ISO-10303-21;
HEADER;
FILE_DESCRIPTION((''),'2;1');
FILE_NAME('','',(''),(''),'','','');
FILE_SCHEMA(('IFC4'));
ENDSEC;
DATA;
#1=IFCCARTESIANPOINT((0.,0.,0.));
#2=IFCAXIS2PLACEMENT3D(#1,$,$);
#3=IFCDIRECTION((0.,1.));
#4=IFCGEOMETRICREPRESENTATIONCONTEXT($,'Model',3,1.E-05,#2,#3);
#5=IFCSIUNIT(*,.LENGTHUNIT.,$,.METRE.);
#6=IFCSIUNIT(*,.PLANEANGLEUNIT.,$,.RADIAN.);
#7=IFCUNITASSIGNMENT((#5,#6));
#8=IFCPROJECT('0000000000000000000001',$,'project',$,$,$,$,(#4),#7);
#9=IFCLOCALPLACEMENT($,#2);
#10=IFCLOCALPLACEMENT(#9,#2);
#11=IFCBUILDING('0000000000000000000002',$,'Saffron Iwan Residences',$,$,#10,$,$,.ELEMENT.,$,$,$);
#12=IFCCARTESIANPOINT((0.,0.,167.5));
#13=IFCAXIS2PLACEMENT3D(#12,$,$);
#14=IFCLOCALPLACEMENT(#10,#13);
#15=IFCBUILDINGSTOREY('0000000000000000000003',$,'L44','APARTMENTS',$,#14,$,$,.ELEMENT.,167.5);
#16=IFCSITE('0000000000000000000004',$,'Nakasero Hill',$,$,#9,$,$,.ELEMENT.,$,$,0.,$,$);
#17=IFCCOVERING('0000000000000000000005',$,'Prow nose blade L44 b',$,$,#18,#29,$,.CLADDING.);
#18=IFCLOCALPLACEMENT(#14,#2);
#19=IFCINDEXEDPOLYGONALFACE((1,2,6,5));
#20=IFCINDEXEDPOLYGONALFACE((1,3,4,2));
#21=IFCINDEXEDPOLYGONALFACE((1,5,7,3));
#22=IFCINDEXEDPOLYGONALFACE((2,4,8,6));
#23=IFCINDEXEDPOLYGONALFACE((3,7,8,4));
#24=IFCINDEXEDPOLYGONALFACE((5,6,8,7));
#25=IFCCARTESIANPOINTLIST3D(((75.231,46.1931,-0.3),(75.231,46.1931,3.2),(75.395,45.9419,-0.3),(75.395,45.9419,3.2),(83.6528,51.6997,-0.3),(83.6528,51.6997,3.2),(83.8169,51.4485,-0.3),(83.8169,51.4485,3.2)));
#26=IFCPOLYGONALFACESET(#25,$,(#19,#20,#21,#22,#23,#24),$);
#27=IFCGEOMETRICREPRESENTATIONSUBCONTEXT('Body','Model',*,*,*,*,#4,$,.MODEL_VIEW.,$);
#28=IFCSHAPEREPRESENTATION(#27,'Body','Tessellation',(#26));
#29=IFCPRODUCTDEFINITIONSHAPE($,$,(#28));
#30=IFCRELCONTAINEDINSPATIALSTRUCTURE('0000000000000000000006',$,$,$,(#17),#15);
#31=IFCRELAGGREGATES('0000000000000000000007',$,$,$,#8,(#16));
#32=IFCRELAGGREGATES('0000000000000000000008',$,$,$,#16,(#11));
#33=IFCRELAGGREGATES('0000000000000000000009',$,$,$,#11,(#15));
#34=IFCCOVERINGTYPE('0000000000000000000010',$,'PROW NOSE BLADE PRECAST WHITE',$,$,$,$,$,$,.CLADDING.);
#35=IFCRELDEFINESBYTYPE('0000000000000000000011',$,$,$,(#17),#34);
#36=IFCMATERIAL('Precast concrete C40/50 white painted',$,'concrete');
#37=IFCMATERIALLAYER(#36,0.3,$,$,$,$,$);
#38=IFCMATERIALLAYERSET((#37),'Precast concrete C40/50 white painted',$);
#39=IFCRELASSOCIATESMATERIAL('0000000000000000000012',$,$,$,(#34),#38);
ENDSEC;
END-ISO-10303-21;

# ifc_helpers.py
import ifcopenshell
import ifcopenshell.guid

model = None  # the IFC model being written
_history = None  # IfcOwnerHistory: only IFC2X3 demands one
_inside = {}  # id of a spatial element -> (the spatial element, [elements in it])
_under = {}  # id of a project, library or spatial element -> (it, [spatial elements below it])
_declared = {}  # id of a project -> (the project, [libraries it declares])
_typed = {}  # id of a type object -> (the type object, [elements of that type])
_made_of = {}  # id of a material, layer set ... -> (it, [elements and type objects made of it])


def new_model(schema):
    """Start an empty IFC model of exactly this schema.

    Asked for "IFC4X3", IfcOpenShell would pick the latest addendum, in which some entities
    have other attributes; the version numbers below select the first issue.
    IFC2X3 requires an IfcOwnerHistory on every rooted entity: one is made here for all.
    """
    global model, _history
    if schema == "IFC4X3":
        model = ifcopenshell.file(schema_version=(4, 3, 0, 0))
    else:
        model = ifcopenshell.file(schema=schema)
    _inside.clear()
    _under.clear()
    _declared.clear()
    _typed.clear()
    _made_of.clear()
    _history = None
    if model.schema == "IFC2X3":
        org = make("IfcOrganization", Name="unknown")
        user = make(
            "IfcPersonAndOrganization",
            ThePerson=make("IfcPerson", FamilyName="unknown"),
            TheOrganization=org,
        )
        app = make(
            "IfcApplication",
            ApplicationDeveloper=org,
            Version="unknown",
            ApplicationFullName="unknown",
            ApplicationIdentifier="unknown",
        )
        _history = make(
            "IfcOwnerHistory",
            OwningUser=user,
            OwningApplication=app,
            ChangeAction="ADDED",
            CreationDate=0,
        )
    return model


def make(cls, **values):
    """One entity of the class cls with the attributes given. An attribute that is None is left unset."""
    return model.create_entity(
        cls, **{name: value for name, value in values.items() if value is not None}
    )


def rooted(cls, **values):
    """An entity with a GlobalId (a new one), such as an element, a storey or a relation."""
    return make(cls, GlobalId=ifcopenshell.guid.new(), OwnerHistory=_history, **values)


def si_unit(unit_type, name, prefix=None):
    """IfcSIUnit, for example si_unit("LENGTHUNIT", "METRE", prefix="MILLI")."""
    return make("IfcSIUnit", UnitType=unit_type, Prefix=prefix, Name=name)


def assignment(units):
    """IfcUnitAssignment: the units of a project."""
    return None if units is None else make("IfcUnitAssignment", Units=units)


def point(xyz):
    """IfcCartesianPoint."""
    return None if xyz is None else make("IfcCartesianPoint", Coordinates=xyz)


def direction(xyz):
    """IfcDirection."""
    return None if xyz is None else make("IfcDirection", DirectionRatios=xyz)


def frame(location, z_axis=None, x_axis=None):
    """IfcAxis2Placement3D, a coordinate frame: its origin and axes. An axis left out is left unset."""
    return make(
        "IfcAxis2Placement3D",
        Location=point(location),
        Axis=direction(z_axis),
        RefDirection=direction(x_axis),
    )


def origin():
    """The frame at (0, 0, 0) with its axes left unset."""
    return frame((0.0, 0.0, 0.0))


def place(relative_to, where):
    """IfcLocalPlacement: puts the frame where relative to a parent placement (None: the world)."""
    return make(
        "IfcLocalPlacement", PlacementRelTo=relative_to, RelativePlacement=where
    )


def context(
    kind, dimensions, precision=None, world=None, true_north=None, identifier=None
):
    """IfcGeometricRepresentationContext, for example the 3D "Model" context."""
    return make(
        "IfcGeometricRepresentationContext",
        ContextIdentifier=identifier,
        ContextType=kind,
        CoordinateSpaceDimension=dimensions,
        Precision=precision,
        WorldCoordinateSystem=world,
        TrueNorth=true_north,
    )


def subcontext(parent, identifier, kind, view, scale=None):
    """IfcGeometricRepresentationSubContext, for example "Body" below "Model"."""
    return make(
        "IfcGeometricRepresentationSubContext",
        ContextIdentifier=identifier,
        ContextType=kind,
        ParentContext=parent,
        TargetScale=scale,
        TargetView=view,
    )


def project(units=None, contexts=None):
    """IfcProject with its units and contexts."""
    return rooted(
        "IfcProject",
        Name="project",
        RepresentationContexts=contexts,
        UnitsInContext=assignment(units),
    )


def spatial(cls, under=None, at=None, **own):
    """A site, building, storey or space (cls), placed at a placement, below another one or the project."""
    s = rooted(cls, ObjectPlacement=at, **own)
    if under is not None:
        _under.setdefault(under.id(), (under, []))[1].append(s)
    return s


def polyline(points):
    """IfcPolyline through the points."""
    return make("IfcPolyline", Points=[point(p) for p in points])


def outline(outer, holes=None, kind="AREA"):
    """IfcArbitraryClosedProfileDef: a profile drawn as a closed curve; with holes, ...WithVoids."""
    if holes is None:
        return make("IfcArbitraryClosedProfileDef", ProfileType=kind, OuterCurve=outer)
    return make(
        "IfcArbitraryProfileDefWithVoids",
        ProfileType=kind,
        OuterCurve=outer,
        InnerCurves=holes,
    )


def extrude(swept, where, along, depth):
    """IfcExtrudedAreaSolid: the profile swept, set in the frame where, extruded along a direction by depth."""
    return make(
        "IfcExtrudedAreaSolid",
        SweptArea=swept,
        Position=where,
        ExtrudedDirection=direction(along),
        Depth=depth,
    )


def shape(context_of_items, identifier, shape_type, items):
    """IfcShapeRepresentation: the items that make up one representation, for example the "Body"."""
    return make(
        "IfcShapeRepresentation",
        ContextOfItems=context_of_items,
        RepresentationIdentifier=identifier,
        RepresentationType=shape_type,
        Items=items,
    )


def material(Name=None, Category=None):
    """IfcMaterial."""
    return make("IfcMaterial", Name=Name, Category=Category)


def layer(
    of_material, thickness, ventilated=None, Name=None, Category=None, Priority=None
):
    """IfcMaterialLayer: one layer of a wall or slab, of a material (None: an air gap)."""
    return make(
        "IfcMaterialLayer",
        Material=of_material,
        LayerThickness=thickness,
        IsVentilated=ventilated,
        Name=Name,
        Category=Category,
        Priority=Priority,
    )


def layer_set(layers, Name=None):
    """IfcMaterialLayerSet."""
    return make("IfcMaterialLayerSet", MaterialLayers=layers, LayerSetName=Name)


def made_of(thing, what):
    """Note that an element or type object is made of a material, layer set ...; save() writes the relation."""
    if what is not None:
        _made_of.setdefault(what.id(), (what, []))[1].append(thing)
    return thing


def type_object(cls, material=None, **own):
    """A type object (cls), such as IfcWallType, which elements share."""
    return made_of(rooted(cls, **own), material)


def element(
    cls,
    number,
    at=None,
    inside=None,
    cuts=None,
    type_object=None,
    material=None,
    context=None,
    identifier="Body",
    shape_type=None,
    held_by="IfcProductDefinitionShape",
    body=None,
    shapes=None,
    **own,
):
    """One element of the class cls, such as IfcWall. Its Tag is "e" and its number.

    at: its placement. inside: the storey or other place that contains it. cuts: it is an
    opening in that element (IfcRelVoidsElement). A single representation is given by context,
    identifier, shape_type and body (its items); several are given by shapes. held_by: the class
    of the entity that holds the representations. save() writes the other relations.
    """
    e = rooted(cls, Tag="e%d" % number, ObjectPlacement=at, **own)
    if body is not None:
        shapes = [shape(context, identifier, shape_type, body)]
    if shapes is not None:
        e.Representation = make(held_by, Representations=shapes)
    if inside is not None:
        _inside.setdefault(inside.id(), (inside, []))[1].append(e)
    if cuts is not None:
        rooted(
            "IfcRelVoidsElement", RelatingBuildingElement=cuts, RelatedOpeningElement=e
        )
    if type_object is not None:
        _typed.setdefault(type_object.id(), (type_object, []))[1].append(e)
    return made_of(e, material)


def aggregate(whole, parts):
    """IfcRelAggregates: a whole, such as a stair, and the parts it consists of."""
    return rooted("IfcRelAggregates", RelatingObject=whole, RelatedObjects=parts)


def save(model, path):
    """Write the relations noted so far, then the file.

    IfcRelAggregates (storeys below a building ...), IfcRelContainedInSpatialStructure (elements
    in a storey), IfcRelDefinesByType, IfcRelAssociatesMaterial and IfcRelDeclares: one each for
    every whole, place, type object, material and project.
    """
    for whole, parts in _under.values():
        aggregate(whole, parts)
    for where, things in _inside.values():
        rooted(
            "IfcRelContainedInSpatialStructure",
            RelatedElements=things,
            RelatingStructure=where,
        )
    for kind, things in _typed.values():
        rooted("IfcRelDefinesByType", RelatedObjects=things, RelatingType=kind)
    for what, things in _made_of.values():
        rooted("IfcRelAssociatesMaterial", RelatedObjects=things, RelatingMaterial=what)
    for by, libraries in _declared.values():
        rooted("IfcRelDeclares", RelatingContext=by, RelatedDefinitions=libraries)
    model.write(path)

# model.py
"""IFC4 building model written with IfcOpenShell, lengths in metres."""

from ifc_helpers import new_model, si_unit, direction, frame, origin, place, context, subcontext, project, spatial, polyline, outline, extrude, material, layer, layer_set, type_object, element, save


model = new_model("IFC4")

# Units and contexts
model_context = context("Model", 3, precision=1e-05, world=origin(), true_north=direction((0.0, 1.0)))
body_context = subcontext(model_context, "Body", "Model", "MODEL_VIEW")
ifc_project = project(units=[si_unit("LENGTHUNIT", "METRE"), si_unit("PLANEANGLEUNIT", "RADIAN")], contexts=[model_context])

# Site, building, storey
site_placement = place(None, origin())
site = spatial("IfcSite", under=ifc_project, at=site_placement, Name="Nakasero Hill", CompositionType="ELEMENT", RefElevation=0.0)
building_placement = place(site_placement, origin())
building = spatial("IfcBuilding", under=site, at=building_placement, Name="Saffron Iwan Residences", CompositionType="ELEMENT")
storey_placement = place(building_placement, frame((0.0, 0.0, 167.5)))
storey = spatial("IfcBuildingStorey", under=building, at=storey_placement, Name="L44", Description="APARTMENTS", CompositionType="ELEMENT", Elevation=167.5)

# Covering
ifc_material_1 = material(Name="Precast concrete C40/50 white painted", Category="concrete")
ifc_layer_1 = layer(ifc_material_1, 0.3)
ifc_layer_set_1 = layer_set([ifc_layer_1], Name="Precast concrete C40/50 white painted")
covering_type_1 = type_object("IfcCoveringType", Name="PROW NOSE BLADE PRECAST WHITE", PredefinedType="CLADDING", material=ifc_layer_set_1)
covering_1_placement = place(storey_placement, frame((0.0, 0.0, -0.3)))
element("IfcCovering", 1, at=covering_1_placement, inside=storey, type_object=covering_type_1, Name="Prow nose blade L44 b", PredefinedType="CLADDING", context=body_context, shape_type="SweptSolid", body=[
    extrude(outline(polyline([(75.395, 45.9419), (83.8169, 51.4485), (83.6528, 51.6997), (75.231, 46.1931), (75.395, 45.9419)])), origin(), (0.0, 0.0, 1.0), 3.5),
])

save(model, "model.ifc")
